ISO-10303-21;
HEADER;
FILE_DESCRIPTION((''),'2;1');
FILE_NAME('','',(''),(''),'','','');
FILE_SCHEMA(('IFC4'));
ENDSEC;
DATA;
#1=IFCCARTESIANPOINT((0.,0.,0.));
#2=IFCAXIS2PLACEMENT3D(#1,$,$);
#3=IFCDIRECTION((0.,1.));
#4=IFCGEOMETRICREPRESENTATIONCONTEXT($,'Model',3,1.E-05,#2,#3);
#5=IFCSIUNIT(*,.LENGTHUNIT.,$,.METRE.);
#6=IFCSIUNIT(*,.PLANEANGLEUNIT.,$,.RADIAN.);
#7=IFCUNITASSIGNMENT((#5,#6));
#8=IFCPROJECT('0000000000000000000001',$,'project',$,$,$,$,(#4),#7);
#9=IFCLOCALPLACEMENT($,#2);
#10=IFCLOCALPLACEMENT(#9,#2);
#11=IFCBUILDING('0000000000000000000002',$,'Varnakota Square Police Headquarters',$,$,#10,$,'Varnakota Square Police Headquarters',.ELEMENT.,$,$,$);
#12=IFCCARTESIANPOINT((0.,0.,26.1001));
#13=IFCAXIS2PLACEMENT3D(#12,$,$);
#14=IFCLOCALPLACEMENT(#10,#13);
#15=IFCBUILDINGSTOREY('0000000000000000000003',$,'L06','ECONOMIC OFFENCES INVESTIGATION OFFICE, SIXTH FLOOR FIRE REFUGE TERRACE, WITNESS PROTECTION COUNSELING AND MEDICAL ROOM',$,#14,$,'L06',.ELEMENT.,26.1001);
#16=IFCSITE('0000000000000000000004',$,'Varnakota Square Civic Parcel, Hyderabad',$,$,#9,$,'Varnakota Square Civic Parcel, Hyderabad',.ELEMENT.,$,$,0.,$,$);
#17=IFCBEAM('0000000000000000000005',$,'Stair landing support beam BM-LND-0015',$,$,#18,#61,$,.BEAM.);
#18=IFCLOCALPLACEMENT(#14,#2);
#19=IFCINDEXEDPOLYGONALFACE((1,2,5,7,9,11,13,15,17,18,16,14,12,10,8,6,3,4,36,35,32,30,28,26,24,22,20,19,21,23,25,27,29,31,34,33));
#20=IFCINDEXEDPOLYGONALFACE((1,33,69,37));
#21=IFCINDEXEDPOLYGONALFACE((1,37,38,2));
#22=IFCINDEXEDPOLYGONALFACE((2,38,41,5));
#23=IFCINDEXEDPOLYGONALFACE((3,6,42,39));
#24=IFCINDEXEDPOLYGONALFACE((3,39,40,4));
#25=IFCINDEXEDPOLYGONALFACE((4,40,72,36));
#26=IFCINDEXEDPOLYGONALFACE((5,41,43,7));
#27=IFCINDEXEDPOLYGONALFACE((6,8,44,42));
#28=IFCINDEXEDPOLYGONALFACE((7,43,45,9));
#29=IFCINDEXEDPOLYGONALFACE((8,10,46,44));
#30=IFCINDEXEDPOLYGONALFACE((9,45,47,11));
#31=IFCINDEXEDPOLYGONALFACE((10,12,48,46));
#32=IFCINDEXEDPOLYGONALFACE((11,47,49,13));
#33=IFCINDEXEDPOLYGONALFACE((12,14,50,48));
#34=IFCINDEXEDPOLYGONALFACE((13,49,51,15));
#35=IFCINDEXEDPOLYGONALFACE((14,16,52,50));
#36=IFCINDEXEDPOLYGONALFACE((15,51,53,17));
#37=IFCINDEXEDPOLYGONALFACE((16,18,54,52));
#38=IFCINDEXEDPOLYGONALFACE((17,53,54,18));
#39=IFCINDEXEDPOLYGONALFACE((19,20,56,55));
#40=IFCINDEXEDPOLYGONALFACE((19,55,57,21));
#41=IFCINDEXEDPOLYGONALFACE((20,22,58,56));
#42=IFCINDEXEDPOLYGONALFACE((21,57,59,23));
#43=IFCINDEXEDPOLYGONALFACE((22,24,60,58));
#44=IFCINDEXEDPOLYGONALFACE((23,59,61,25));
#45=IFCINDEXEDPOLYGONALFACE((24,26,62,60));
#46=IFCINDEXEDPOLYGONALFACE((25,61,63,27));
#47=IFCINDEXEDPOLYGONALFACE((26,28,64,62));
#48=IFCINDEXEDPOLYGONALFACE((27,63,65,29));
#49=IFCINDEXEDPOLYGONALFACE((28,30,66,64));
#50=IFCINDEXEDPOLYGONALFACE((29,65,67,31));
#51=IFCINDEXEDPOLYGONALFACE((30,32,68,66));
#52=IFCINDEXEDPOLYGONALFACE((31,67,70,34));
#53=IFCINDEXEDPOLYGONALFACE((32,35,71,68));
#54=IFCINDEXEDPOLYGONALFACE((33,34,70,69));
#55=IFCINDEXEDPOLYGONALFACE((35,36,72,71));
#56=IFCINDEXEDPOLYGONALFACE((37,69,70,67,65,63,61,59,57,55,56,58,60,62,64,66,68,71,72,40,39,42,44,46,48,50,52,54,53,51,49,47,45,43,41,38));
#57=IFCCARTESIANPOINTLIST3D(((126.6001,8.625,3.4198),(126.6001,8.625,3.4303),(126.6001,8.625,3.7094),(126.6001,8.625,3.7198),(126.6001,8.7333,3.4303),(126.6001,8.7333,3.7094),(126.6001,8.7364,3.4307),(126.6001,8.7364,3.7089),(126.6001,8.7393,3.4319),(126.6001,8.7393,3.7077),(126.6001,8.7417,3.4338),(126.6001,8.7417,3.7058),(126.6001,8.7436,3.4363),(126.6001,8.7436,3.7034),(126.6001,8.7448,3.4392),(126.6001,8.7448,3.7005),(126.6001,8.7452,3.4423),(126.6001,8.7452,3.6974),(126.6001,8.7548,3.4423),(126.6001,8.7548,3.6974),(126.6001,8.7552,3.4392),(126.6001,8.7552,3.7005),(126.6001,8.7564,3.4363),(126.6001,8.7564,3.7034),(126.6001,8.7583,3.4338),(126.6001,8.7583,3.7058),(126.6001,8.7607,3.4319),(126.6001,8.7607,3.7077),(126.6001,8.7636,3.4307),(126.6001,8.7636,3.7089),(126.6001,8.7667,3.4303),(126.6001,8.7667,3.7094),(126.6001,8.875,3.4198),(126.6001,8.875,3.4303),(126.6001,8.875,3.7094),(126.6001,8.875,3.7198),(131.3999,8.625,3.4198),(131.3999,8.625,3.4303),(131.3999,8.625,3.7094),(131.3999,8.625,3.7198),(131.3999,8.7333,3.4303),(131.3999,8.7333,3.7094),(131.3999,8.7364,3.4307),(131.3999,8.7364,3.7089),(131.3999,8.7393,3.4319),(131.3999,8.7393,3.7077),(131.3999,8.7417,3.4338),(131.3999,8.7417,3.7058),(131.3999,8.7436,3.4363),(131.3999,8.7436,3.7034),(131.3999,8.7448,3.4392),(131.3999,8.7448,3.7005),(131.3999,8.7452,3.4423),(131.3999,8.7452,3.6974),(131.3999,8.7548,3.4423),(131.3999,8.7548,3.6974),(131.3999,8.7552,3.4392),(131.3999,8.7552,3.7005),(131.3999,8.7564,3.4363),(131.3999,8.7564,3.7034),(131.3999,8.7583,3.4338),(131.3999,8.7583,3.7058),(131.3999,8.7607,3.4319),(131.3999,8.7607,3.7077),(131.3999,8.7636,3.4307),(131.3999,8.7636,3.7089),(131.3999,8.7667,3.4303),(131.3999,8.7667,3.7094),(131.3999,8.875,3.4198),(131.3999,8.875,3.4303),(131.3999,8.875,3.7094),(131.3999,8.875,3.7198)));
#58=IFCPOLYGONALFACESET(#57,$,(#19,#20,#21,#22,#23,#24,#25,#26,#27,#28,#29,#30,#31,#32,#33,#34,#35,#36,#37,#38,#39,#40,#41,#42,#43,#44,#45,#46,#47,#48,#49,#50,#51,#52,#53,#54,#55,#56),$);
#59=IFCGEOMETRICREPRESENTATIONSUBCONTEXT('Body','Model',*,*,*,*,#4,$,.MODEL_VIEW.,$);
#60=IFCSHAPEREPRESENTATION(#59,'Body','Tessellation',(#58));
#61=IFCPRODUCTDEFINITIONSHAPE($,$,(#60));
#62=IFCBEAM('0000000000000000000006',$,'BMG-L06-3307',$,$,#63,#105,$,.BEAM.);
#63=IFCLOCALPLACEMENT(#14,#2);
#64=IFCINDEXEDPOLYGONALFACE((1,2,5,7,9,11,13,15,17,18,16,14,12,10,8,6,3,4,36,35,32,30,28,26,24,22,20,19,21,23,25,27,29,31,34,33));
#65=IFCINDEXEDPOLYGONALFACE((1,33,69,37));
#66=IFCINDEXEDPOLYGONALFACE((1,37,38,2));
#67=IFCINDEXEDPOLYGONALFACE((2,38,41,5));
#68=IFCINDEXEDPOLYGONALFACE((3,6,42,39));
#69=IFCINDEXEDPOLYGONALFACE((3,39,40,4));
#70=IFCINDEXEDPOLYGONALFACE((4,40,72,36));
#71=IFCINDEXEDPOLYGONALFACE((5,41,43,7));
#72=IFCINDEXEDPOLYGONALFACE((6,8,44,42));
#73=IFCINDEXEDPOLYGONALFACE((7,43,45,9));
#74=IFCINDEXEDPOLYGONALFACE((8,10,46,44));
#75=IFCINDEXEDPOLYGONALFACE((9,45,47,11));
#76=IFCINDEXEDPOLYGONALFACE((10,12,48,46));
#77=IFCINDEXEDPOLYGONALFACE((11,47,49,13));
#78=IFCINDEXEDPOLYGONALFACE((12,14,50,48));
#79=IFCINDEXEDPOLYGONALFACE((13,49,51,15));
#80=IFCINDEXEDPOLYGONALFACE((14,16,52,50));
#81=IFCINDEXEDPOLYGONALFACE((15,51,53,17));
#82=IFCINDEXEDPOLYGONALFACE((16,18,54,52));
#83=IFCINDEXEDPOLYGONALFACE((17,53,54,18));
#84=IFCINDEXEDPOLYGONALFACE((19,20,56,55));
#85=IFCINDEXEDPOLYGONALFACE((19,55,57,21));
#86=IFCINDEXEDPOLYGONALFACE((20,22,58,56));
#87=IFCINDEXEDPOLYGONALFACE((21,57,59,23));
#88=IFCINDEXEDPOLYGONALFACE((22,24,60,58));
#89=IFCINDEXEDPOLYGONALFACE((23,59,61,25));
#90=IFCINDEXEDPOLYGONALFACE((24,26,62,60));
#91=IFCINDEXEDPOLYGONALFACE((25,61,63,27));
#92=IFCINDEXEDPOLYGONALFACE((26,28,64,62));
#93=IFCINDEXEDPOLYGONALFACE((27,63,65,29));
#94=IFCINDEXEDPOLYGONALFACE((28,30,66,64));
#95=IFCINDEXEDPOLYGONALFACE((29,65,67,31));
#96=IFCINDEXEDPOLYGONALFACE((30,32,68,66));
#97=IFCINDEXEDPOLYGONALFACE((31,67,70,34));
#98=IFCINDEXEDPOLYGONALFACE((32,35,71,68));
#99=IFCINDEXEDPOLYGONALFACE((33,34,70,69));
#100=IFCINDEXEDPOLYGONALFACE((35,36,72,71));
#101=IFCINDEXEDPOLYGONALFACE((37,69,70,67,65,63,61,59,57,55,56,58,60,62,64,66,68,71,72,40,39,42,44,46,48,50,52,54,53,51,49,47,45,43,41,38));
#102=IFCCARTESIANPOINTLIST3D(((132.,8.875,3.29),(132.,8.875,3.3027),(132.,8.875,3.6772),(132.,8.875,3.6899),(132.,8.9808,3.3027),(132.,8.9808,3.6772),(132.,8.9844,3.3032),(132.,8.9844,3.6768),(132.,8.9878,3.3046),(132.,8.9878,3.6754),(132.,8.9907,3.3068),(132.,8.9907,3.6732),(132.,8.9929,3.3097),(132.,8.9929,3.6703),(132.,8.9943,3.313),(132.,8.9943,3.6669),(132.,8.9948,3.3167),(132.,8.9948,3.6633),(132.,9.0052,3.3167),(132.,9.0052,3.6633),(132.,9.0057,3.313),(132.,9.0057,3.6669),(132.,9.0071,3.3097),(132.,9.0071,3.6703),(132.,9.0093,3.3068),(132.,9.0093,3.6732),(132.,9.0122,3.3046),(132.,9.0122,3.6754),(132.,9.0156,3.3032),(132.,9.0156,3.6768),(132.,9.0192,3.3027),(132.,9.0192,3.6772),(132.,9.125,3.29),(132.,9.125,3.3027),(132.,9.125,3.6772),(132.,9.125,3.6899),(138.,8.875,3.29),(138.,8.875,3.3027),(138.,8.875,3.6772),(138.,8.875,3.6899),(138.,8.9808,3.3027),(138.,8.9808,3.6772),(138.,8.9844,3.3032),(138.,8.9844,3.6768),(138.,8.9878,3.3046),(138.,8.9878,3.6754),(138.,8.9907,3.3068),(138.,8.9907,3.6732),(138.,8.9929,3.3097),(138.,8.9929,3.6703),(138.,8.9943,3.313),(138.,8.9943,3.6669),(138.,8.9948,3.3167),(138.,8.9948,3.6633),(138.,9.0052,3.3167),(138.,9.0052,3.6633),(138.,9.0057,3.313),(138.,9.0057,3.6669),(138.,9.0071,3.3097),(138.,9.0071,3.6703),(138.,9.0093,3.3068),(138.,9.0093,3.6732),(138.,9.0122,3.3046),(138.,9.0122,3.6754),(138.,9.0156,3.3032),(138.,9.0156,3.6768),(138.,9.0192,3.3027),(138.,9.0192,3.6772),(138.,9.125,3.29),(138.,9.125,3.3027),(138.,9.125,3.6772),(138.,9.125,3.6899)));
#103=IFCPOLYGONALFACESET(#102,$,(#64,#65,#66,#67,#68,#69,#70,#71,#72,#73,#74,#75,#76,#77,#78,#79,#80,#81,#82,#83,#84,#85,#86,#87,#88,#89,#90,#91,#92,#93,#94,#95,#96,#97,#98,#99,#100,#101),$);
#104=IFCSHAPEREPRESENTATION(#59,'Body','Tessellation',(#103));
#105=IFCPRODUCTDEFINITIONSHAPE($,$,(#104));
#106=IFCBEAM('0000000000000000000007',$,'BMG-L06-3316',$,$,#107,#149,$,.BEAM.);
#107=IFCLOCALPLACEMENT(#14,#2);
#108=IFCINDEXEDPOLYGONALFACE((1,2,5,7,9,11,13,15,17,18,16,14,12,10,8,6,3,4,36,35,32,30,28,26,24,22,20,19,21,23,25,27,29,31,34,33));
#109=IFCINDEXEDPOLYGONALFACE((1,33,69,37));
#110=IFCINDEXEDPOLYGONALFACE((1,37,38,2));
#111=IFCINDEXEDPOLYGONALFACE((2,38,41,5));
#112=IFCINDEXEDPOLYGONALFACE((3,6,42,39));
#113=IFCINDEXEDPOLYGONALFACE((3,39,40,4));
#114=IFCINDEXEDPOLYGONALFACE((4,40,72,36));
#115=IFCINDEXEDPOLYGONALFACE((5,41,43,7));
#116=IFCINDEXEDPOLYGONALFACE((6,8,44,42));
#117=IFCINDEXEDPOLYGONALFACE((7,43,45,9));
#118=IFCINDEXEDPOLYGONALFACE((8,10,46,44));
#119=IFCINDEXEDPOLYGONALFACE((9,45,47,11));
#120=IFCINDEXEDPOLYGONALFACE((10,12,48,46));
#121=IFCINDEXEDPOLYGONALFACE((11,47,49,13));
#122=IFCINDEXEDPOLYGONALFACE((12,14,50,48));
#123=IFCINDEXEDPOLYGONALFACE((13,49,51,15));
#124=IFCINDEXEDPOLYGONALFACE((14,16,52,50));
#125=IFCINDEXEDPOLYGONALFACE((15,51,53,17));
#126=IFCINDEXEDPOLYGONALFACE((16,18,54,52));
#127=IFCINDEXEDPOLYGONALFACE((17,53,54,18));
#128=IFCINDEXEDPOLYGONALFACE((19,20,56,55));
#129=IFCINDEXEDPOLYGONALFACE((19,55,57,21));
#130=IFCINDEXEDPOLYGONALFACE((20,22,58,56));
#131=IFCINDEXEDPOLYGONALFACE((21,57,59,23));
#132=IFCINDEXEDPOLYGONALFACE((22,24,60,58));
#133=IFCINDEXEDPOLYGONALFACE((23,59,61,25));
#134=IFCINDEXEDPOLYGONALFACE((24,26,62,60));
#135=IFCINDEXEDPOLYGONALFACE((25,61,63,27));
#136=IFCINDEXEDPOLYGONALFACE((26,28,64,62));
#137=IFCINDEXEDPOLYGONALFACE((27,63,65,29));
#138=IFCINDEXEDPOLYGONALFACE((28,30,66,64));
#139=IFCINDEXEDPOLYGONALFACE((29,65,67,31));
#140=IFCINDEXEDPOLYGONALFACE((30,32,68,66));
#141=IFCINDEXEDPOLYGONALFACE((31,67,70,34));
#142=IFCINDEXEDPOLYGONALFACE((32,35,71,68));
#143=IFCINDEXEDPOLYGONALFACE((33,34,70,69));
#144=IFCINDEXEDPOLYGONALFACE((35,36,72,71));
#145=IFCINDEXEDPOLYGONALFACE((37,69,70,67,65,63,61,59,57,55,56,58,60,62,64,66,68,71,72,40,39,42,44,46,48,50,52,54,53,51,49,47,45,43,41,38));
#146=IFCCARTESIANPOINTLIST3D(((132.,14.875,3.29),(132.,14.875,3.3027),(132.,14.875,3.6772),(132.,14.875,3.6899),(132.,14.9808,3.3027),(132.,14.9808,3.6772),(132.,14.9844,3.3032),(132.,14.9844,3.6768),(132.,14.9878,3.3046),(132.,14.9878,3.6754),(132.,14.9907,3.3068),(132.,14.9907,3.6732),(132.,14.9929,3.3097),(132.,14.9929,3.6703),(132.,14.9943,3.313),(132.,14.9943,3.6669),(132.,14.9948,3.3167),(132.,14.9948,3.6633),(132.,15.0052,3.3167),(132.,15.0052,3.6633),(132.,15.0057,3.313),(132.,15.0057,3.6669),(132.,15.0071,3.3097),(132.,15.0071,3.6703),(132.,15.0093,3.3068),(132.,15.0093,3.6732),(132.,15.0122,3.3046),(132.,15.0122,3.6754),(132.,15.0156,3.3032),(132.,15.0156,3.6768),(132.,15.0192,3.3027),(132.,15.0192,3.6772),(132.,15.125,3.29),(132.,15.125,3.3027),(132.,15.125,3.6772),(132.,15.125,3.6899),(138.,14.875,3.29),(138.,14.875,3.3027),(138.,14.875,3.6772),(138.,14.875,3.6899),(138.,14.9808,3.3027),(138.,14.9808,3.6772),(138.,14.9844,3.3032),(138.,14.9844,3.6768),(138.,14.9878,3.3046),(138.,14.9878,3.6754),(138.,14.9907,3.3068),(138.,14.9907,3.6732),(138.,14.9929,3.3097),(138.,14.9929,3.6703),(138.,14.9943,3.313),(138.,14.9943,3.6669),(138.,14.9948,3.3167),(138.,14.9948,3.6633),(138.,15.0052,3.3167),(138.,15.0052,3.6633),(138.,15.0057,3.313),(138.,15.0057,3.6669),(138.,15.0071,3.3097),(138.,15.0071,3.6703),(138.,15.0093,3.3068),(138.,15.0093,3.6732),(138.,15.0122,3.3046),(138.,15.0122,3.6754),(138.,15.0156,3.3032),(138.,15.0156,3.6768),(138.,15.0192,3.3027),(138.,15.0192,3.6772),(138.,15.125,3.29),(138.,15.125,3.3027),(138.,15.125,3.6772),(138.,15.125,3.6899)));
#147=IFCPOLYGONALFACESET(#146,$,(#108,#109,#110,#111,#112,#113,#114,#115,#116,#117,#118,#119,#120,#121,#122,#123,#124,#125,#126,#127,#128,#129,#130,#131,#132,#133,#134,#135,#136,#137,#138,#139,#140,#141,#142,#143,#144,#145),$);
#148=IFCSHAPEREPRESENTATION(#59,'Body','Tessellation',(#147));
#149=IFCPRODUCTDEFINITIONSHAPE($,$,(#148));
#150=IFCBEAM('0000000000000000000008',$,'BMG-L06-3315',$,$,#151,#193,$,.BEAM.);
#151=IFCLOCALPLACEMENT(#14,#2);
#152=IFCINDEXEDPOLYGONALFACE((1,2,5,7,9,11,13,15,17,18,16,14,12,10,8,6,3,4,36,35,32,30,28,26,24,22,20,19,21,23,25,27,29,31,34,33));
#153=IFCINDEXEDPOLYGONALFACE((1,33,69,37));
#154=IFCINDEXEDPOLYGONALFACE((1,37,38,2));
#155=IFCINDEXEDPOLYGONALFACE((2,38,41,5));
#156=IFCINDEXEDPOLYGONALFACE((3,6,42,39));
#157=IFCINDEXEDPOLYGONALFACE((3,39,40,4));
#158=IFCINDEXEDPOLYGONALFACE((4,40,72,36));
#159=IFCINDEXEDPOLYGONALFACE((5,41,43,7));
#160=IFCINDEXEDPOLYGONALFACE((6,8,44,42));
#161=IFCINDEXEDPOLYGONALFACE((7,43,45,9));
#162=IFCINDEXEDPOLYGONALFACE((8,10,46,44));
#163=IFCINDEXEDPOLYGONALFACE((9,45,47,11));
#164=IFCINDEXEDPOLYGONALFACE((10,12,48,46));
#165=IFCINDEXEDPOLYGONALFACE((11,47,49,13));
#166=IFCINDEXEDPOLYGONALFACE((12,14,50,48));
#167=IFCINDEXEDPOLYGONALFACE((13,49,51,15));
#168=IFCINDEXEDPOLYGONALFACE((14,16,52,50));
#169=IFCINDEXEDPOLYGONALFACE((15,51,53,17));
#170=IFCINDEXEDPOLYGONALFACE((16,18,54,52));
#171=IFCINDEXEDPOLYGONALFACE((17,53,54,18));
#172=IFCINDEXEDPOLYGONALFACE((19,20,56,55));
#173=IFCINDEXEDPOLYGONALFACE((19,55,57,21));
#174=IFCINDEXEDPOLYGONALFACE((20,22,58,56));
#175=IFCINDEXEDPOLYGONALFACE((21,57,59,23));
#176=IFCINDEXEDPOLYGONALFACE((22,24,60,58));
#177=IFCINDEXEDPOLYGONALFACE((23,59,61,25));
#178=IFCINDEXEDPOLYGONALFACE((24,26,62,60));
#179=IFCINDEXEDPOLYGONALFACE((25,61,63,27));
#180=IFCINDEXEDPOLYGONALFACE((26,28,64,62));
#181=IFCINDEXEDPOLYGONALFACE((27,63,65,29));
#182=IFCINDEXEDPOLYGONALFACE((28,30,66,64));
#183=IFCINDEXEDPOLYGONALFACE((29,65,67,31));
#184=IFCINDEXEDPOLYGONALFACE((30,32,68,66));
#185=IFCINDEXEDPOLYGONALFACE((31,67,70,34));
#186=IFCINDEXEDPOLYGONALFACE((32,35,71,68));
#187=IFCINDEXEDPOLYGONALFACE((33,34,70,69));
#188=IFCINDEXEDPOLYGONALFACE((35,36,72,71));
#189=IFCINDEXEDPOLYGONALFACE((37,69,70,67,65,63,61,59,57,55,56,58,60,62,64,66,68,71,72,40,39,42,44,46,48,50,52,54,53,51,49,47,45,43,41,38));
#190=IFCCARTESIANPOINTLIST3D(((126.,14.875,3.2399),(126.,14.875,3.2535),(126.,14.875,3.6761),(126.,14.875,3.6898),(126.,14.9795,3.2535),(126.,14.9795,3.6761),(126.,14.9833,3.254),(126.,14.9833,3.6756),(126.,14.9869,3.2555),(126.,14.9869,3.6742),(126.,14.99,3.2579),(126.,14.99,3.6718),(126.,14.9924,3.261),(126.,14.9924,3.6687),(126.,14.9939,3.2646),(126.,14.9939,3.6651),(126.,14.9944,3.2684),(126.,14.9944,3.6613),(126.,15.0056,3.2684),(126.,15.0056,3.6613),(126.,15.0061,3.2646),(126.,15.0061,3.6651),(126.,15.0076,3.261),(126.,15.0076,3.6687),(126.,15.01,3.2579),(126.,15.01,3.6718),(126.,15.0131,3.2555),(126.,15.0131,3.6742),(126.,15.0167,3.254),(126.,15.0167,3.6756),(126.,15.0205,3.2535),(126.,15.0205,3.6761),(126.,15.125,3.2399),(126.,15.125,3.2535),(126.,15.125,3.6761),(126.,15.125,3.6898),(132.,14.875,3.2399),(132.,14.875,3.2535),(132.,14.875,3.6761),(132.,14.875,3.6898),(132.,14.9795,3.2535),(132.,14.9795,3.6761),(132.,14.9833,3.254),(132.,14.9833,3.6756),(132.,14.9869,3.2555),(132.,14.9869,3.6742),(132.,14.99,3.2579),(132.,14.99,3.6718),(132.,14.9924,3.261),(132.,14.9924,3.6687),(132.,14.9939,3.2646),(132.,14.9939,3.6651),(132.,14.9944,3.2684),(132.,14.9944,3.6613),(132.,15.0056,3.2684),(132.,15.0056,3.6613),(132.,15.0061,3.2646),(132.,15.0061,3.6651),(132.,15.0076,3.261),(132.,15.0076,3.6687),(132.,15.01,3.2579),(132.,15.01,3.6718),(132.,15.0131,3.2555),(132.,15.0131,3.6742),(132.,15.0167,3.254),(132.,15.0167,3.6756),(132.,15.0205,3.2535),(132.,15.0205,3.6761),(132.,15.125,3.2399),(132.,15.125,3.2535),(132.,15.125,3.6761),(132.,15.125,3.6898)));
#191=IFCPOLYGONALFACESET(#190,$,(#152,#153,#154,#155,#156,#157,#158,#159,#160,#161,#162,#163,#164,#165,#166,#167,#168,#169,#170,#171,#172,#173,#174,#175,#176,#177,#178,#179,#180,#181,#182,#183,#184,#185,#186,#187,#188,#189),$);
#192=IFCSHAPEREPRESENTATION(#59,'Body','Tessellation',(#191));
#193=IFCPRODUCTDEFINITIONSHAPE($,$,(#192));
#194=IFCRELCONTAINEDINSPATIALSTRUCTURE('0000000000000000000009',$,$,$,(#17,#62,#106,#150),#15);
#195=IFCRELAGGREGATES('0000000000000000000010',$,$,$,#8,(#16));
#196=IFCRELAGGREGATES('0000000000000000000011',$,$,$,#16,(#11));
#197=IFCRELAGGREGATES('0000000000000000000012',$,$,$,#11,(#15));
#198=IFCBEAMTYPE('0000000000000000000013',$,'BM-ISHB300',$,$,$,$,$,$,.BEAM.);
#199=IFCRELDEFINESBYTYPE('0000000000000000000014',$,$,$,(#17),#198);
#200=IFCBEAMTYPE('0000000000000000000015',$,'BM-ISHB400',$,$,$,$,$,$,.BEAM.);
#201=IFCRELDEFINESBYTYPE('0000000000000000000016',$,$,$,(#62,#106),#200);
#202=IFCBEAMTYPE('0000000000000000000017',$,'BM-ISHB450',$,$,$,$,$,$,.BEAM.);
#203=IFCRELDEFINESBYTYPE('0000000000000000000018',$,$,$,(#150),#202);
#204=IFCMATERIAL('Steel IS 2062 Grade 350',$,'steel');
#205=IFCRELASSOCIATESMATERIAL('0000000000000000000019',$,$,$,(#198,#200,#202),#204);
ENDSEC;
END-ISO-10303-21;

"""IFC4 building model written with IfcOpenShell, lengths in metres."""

from ifc_helpers import new_model, si_unit, direction, frame, origin, origin_2d, place, context, subcontext, project, spatial, i_section, extrude, material, material_profile, profile_set, type_object, element, save


model = new_model("IFC4")

# Units and contexts
model_context = context("Model", 3, precision=1e-05, world=origin(), true_north=direction((0.0, 1.0)))
body_context = subcontext(model_context, "Body", "Model", "MODEL_VIEW")
ifc_project = project(units=[si_unit("LENGTHUNIT", "METRE"), si_unit("PLANEANGLEUNIT", "RADIAN")], contexts=[model_context])

# Site, building, storey
site_placement = place(None, origin())
site = spatial("IfcSite", under=ifc_project, at=site_placement, Name="Varnakota Square Civic Parcel, Hyderabad", LongName="Varnakota Square Civic Parcel, Hyderabad", CompositionType="ELEMENT", RefElevation=0.0)
building_placement = place(site_placement, origin())
building = spatial("IfcBuilding", under=site, at=building_placement, Name="Varnakota Square Police Headquarters", LongName="Varnakota Square Police Headquarters", CompositionType="ELEMENT")
storey_placement = place(building_placement, frame((0.0, 0.0, 26.1001)))
storey = spatial("IfcBuildingStorey", under=building, at=storey_placement, Name="L06", Description="ECONOMIC OFFENCES INVESTIGATION OFFICE, SIXTH FLOOR FIRE REFUGE TERRACE, WITNESS PROTECTION COUNSELING AND MEDICAL ROOM", LongName="L06", CompositionType="ELEMENT", Elevation=26.1001)

# Shared definitions
ifc_material_1 = material(Name="Steel IS 2062 Grade 350", Category="steel")

# Beams
ifc_material_profile_1 = material_profile(ifc_material_1, i_section(OverallWidth=0.25, OverallDepth=0.3, WebThickness=0.0095, FlangeThickness=0.0105, FilletRadius=0.012, at=origin_2d()), Name="ISHB 300")
ifc_profile_set_1 = profile_set([ifc_material_profile_1], Name="Steel IS 2062 Grade 350")
beam_type_1 = type_object("IfcBeamType", Name="BM-ISHB300", PredefinedType="BEAM", material=ifc_profile_set_1)
beam_1_placement = place(storey_placement, frame((126.6001, 8.75, 3.5698), z_axis=(1.0, 0.0, 0.0), x_axis=(0.0, 1.0, 0.0)))
element("IfcBeam", 1, at=beam_1_placement, inside=storey, type_object=beam_type_1, Name="Stair landing support beam BM-LND-0015", PredefinedType="BEAM", context=body_context, shape_type="SweptSolid", body=[
    extrude(i_section(OverallWidth=0.25, OverallDepth=0.3, WebThickness=0.0095, FlangeThickness=0.0105, FilletRadius=0.012, at=origin_2d()), origin(), (0.0, 0.0, 1.0), 4.7998),
])
ifc_material_profile_2 = material_profile(ifc_material_1, i_section(OverallWidth=0.25, OverallDepth=0.3999, WebThickness=0.0105, FlangeThickness=0.0127, FilletRadius=0.0139, at=origin_2d()), Name="ISHB 400")
ifc_profile_set_2 = profile_set([ifc_material_profile_2], Name="Steel IS 2062 Grade 350")
beam_type_2 = type_object("IfcBeamType", Name="BM-ISHB400", PredefinedType="BEAM", material=ifc_profile_set_2)
for number, where, z_axis, x_axis, name in (
    (2, (132.0, 9.0, 3.49), (1.0, 0.0, 0.0), (0.0, 1.0, 0.0), "BMG-L06-3307"),
    (3, (132.0, 15.0, 3.49), (1.0, 0.0, 0.0), (0.0, 1.0, 0.0), "BMG-L06-3316"),
):
    element("IfcBeam", number, at=place(storey_placement, frame(where, z_axis=z_axis, x_axis=x_axis)), inside=storey, type_object=beam_type_2, Name=name, PredefinedType="BEAM", context=body_context, shape_type="SweptSolid", body=[
        extrude(i_section(OverallWidth=0.25, OverallDepth=0.3999, WebThickness=0.0105, FlangeThickness=0.0127, FilletRadius=0.0139, at=origin_2d()), origin(), (0.0, 0.0, 1.0), 6.0),
    ])
ifc_material_profile_3 = material_profile(ifc_material_1, i_section(OverallWidth=0.25, OverallDepth=0.45, WebThickness=0.0112, FlangeThickness=0.0137, FilletRadius=0.0149, at=origin_2d()), Name="ISHB 450")
ifc_profile_set_3 = profile_set([ifc_material_profile_3], Name="Steel IS 2062 Grade 350")
beam_type_3 = type_object("IfcBeamType", Name="BM-ISHB450", PredefinedType="BEAM", material=ifc_profile_set_3)
beam_2_placement = place(storey_placement, frame((126.0, 15.0, 3.4648), z_axis=(1.0, 0.0, 0.0), x_axis=(0.0, 1.0, 0.0)))
element("IfcBeam", 4, at=beam_2_placement, inside=storey, type_object=beam_type_3, Name="BMG-L06-3315", PredefinedType="BEAM", context=body_context, shape_type="SweptSolid", body=[
    extrude(i_section(OverallWidth=0.25, OverallDepth=0.45, WebThickness=0.0112, FlangeThickness=0.0137, FilletRadius=0.0149, at=origin_2d()), origin(), (0.0, 0.0, 1.0), 6.0),
])

save(model, "model.ifc")
